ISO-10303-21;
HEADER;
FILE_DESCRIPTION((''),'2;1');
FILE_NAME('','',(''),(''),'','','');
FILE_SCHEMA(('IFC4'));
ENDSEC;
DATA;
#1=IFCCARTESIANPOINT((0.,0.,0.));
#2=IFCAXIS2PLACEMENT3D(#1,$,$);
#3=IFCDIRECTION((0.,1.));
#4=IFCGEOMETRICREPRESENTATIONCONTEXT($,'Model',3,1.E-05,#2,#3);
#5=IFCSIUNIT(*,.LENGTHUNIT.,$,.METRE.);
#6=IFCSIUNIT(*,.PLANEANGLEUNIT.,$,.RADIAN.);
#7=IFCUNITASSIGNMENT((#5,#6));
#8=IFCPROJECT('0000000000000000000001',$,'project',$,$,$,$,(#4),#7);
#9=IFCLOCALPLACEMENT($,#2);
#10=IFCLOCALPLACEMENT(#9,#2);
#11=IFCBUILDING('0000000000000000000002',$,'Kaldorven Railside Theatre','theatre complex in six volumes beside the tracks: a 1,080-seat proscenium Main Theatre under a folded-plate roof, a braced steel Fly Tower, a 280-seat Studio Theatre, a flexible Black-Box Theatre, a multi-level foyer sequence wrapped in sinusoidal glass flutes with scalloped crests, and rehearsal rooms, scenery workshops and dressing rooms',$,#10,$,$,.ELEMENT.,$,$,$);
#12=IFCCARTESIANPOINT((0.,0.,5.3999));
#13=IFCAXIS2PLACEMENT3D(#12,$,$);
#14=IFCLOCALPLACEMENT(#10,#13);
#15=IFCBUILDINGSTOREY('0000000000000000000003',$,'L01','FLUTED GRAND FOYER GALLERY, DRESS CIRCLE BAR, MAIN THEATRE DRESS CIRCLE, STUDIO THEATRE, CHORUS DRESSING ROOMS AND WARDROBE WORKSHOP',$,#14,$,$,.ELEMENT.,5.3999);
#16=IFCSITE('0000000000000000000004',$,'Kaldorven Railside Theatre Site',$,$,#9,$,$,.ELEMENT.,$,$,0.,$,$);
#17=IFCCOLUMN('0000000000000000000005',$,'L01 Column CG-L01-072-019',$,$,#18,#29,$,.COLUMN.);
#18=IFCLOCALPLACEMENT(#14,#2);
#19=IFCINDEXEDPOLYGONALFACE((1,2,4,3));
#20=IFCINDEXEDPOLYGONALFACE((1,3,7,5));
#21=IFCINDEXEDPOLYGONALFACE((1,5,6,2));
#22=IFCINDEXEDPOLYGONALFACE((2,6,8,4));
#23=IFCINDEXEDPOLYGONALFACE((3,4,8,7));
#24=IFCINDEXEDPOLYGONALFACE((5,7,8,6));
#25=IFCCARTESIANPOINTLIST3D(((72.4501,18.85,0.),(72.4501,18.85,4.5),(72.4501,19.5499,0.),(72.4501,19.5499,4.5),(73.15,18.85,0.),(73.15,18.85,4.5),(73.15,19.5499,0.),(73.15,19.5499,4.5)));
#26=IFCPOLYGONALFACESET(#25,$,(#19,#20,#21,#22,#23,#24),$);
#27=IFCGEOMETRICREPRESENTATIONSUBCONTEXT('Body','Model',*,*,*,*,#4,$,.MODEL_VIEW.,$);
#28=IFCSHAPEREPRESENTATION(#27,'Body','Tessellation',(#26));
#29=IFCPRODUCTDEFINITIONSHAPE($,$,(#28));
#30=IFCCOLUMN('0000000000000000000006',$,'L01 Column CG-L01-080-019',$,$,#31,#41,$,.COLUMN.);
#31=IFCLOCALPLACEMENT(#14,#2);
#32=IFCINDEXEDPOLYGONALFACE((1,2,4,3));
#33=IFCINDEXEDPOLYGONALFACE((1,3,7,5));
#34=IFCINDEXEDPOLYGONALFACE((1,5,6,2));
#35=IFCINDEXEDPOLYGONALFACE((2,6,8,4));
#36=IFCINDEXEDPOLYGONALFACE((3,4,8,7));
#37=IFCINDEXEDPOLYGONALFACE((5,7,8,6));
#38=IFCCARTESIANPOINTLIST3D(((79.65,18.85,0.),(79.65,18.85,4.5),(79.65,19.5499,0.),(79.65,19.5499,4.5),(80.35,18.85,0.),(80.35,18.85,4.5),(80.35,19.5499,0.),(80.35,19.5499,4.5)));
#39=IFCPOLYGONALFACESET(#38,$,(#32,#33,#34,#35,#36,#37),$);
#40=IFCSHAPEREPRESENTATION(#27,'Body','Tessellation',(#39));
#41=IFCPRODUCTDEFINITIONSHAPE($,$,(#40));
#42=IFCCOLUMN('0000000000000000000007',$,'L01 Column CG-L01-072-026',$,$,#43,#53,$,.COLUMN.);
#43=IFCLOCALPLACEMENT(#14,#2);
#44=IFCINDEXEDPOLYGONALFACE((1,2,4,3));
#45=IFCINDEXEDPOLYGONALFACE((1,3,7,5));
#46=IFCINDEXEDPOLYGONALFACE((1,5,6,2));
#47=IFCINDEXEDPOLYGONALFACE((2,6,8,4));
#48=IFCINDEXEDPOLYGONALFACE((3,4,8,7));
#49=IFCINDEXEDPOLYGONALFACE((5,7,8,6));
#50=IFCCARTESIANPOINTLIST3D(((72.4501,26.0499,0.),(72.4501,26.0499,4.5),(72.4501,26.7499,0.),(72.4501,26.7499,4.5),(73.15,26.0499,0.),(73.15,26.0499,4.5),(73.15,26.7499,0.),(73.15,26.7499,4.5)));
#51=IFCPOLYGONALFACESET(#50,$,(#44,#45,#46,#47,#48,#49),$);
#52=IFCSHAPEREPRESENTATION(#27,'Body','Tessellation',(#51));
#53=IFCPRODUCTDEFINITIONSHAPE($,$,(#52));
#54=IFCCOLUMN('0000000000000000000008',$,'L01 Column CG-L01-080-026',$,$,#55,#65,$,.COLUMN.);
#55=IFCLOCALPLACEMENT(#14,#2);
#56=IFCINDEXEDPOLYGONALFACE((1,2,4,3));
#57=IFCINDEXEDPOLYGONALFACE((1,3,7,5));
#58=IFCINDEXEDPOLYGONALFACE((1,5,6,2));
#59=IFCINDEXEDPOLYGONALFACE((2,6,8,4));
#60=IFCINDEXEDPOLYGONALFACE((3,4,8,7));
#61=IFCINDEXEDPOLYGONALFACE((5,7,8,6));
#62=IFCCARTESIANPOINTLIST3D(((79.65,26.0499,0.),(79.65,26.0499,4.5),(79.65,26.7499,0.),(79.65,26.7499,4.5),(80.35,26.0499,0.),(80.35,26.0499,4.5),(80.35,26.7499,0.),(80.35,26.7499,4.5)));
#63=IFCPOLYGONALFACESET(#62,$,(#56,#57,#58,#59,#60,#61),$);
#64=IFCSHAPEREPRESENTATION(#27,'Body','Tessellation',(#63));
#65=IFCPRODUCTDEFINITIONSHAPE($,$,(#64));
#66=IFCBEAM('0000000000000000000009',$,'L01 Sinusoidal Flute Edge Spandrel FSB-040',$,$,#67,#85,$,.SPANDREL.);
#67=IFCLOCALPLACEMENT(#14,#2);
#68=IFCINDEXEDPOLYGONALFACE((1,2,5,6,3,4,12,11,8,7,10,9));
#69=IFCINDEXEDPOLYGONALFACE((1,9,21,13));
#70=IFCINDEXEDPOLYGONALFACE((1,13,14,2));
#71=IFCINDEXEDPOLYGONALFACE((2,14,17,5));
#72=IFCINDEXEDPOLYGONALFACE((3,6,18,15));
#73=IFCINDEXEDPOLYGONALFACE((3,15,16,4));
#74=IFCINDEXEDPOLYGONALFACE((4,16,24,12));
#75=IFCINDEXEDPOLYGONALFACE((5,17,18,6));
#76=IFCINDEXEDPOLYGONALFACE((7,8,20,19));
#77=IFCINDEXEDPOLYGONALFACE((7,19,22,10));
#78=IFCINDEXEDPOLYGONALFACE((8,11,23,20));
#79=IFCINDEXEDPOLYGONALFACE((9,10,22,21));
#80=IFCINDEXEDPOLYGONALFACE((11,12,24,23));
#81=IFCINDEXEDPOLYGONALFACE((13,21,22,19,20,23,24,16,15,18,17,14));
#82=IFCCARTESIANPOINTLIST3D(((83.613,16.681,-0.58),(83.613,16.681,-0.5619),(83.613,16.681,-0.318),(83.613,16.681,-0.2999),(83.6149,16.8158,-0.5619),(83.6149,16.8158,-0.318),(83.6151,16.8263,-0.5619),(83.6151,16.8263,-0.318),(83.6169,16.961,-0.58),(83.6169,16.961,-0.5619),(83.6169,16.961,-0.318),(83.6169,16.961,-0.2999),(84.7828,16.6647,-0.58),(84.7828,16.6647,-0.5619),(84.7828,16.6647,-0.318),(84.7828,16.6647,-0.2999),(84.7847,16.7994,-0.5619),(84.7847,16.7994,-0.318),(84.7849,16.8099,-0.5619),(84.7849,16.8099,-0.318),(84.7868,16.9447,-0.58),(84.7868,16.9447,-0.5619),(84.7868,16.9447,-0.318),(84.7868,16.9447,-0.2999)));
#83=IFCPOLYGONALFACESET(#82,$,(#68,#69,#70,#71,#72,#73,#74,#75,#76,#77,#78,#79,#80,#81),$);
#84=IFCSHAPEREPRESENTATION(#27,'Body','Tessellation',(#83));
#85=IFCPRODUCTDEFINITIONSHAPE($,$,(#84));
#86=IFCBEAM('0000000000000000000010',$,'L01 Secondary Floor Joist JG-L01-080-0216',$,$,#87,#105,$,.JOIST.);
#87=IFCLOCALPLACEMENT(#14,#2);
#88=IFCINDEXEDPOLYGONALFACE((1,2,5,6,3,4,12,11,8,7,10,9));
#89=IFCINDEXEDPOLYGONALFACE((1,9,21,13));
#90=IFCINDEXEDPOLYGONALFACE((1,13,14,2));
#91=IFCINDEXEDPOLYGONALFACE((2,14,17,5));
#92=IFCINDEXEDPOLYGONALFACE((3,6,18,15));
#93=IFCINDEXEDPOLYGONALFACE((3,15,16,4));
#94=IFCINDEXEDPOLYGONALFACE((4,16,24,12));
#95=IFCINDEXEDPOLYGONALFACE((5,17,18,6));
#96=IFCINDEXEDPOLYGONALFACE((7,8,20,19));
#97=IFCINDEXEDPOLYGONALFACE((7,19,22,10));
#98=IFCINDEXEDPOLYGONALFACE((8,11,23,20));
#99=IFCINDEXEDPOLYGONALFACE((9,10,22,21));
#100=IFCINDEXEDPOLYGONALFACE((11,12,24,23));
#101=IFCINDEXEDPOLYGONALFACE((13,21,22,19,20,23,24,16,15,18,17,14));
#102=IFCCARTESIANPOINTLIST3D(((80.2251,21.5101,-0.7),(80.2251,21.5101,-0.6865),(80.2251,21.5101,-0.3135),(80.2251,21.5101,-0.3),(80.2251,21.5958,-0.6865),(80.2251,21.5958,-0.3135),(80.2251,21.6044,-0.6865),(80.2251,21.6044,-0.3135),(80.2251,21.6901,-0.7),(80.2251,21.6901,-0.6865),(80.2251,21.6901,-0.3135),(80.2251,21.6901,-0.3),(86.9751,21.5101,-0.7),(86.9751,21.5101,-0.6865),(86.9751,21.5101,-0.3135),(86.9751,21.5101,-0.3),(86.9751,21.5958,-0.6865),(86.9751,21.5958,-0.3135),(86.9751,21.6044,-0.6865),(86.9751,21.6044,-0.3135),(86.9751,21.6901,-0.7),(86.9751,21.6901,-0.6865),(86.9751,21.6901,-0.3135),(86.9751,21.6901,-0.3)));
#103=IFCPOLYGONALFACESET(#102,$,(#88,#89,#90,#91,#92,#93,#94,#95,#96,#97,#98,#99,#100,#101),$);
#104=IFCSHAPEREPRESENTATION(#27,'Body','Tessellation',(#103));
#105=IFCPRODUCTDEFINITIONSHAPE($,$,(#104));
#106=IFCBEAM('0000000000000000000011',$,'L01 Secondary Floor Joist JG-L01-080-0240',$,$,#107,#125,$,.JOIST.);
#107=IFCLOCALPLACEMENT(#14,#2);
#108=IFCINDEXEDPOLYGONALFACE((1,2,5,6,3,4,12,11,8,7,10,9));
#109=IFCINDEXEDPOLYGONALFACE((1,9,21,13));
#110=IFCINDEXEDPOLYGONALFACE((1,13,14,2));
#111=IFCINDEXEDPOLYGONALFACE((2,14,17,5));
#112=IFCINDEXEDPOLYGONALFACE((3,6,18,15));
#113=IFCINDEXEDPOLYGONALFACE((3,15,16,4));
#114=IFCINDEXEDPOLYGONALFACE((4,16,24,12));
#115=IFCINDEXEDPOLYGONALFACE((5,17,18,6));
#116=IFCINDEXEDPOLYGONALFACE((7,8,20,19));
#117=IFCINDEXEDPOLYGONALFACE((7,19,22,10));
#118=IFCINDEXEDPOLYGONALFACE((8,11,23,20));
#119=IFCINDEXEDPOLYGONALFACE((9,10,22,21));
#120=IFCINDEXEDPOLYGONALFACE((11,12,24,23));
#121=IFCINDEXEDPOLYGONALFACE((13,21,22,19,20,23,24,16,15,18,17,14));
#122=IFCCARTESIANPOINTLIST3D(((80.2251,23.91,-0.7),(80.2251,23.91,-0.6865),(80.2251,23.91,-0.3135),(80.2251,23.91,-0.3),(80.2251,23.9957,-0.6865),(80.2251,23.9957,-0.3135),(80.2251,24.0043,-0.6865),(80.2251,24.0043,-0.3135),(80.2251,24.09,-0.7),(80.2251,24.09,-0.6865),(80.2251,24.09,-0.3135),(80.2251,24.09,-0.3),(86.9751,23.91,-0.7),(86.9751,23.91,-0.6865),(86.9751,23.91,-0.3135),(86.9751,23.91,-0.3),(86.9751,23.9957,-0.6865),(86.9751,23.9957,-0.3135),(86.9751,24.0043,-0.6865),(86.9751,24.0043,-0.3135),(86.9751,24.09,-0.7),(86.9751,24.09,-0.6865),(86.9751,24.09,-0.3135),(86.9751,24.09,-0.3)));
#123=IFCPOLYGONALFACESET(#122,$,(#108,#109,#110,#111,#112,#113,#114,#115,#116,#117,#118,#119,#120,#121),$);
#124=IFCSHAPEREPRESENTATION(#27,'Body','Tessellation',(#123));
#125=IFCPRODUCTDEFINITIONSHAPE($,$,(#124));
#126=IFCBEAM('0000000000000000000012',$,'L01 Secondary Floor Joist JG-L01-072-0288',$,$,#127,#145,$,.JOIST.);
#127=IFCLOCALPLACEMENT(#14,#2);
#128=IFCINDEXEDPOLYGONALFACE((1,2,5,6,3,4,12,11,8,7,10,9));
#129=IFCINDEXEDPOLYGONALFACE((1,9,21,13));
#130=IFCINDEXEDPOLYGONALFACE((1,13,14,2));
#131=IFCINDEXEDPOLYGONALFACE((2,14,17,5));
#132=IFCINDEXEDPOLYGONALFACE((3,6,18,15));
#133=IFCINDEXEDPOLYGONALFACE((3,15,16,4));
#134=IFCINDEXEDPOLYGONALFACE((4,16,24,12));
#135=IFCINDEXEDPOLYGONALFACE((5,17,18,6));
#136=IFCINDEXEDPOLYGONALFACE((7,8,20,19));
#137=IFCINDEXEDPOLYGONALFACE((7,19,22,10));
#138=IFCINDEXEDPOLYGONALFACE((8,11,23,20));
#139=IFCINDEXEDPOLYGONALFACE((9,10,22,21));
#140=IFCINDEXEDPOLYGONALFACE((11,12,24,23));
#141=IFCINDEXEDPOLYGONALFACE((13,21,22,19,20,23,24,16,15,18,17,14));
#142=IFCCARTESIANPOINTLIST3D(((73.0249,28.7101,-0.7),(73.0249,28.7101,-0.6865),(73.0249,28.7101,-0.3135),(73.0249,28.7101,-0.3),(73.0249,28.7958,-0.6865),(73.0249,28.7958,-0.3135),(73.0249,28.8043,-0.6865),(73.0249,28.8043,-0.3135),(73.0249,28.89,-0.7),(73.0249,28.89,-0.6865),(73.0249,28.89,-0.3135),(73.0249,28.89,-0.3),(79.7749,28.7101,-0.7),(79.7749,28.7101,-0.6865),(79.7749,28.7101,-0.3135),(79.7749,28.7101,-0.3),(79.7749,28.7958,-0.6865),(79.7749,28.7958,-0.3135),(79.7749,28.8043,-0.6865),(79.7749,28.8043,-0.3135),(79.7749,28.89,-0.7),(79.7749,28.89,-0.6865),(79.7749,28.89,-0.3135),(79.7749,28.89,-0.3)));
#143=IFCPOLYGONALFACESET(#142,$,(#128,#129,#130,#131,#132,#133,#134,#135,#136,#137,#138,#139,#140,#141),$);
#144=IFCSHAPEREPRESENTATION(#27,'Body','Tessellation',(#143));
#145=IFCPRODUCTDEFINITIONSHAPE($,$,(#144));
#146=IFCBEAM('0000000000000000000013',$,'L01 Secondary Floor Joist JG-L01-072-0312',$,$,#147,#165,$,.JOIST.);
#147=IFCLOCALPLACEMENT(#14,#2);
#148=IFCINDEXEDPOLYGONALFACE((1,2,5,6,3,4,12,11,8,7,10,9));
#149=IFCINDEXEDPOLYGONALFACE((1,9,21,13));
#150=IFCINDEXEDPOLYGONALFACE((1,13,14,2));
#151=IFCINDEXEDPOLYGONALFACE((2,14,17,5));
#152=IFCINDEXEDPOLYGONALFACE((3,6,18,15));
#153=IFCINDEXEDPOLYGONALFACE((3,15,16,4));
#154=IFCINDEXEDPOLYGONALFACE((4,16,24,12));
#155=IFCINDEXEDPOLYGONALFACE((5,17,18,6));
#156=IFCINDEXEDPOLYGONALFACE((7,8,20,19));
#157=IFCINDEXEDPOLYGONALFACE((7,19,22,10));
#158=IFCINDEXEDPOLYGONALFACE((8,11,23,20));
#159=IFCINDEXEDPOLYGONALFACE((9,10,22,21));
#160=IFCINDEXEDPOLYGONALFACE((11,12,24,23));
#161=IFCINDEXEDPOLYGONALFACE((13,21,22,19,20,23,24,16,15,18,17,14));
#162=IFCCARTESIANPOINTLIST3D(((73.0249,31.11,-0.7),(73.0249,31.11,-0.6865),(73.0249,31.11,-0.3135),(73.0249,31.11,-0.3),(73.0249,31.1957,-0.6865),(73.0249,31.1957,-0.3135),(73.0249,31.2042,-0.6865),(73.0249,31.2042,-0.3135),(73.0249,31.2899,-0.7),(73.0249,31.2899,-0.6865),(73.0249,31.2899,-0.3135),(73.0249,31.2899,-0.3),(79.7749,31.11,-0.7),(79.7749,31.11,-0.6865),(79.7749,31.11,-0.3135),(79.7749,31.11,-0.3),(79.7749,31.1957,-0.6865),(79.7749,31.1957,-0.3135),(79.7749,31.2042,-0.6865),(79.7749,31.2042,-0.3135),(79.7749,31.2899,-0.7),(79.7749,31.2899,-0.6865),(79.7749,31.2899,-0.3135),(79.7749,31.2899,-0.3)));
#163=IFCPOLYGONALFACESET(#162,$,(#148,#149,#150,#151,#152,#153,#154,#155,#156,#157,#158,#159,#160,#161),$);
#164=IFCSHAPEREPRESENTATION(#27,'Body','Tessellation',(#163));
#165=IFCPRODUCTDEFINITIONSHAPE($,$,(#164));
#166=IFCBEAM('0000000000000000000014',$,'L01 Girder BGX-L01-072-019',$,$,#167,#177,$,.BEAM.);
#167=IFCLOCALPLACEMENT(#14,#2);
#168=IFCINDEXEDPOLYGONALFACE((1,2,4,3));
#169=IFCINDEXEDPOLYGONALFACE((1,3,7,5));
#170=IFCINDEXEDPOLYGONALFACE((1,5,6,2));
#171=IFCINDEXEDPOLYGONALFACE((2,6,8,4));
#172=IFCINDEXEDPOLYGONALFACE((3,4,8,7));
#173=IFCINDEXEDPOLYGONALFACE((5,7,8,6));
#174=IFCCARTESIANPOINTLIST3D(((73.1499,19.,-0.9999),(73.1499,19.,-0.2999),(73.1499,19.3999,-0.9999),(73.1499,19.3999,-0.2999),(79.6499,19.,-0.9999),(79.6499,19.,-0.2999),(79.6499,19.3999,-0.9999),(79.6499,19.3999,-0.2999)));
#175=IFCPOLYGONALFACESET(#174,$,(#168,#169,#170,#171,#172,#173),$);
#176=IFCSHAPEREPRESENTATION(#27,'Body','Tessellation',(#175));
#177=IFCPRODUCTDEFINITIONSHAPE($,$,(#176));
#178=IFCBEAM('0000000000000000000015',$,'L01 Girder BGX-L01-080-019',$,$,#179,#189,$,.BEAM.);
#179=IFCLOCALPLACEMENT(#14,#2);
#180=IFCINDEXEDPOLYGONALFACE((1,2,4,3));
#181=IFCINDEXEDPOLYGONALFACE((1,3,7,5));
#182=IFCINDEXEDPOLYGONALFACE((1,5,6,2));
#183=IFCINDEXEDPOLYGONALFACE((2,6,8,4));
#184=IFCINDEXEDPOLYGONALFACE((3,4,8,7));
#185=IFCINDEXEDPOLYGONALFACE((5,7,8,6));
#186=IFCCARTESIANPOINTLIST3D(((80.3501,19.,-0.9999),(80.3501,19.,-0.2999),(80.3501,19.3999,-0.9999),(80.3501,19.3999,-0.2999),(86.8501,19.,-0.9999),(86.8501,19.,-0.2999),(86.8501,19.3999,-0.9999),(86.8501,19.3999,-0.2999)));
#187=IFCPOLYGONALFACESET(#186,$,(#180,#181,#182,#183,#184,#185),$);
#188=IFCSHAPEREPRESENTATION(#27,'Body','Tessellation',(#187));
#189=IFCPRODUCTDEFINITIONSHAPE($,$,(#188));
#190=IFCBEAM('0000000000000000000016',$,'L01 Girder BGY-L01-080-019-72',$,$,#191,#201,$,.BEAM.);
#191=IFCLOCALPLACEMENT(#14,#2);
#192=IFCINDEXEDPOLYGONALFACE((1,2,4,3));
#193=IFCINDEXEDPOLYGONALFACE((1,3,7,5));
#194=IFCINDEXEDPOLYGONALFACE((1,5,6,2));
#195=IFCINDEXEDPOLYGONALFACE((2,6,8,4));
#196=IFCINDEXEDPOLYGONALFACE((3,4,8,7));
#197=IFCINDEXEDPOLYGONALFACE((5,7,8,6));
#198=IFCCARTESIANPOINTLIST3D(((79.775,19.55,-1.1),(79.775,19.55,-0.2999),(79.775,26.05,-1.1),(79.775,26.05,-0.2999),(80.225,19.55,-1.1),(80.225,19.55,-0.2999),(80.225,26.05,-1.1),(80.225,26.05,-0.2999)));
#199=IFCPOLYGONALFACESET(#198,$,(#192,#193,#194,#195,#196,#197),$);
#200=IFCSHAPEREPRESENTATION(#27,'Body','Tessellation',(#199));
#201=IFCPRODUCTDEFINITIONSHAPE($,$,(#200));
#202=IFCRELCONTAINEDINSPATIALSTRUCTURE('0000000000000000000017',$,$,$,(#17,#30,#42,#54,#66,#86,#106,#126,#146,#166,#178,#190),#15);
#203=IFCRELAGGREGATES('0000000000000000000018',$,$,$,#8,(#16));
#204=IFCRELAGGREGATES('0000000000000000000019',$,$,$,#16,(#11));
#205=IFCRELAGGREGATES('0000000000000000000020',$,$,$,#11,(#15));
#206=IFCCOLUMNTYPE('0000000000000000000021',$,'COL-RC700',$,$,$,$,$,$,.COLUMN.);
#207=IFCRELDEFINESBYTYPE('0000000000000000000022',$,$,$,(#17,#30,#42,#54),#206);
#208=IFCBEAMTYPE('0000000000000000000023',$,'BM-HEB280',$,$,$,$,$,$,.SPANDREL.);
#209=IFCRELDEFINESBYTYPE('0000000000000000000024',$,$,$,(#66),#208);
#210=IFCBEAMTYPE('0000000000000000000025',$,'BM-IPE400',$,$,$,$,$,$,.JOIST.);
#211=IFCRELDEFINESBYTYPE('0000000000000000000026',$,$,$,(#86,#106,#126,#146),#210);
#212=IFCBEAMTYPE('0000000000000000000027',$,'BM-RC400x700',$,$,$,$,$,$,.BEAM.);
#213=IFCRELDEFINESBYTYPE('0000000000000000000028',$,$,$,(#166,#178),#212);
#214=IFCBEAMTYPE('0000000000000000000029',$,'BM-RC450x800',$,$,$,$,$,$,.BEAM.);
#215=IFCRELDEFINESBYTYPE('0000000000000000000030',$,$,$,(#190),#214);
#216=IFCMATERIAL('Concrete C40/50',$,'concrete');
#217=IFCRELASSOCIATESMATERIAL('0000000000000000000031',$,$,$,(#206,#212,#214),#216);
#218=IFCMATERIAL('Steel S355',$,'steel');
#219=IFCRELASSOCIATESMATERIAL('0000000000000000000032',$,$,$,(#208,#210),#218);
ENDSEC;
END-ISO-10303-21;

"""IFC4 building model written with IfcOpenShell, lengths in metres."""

from ifc_helpers import new_model, si_unit, direction, frame, origin, origin_2d, place, context, subcontext, project, spatial, rectangle, i_section, extrude, material, material_profile, profile_set, type_object, element, save


model = new_model("IFC4")

# Units and contexts
model_context = context("Model", 3, precision=1e-05, world=origin(), true_north=direction((0.0, 1.0)))
body_context = subcontext(model_context, "Body", "Model", "MODEL_VIEW")
ifc_project = project(units=[si_unit("LENGTHUNIT", "METRE"), si_unit("PLANEANGLEUNIT", "RADIAN")], contexts=[model_context])

# Site, building, storey
site_placement = place(None, origin())
site = spatial("IfcSite", under=ifc_project, at=site_placement, Name="Kaldorven Railside Theatre Site", CompositionType="ELEMENT", RefElevation=0.0)
building_placement = place(site_placement, origin())
building = spatial("IfcBuilding", under=site, at=building_placement, Name="Kaldorven Railside Theatre", Description="theatre complex in six volumes beside the tracks: a 1,080-seat proscenium Main Theatre under a folded-plate roof, a braced steel Fly Tower, a 280-seat Studio Theatre, a flexible Black-Box Theatre, a multi-level foyer sequence wrapped in sinusoidal glass flutes with scalloped crests, and rehearsal rooms, scenery workshops and dressing rooms", CompositionType="ELEMENT")
storey_placement = place(building_placement, frame((0.0, 0.0, 5.3999)))
storey = spatial("IfcBuildingStorey", under=building, at=storey_placement, Name="L01", Description="FLUTED GRAND FOYER GALLERY, DRESS CIRCLE BAR, MAIN THEATRE DRESS CIRCLE, STUDIO THEATRE, CHORUS DRESSING ROOMS AND WARDROBE WORKSHOP", CompositionType="ELEMENT", Elevation=5.3999)

# Columns
ifc_material_1 = material(Name="Concrete C40/50", Category="concrete")
ifc_material_profile_1 = material_profile(ifc_material_1, rectangle(XDim=0.7, YDim=0.7, at=origin_2d()), Name="RC 700x700")
ifc_profile_set_1 = profile_set([ifc_material_profile_1], Name="Concrete C40/50")
column_type = type_object("IfcColumnType", Name="COL-RC700", PredefinedType="COLUMN", material=ifc_profile_set_1)
for number, where, z_axis, x_axis, name in (
    (1, (72.8, 19.2, 0.0), (0.0, 0.0, 1.0), (1.0, 0.0, 0.0), "L01 Column CG-L01-072-019"),
    (2, (80.0, 19.2, 0.0), (0.0, 0.0, 1.0), (0.0, 1.0, 0.0), "L01 Column CG-L01-080-019"),
    (3, (72.8, 26.3999, 0.0), (0.0, 0.0, 1.0), (0.0, 1.0, 0.0), "L01 Column CG-L01-072-026"),
    (4, (80.0, 26.3999, 0.0), (0.0, 0.0, 1.0), (1.0, 0.0, 0.0), "L01 Column CG-L01-080-026"),
):
    element("IfcColumn", number, at=place(storey_placement, frame(where, z_axis=z_axis, x_axis=x_axis)), inside=storey, type_object=column_type, Name=name, PredefinedType="COLUMN", context=body_context, shape_type="SweptSolid", body=[
        extrude(rectangle(XDim=0.7, YDim=0.7, at=origin_2d()), origin(), (0.0, 0.0, 1.0), 4.5),
    ])

# Beams
ifc_material_2 = material(Name="Steel S355", Category="steel")
ifc_material_profile_2 = material_profile(ifc_material_2, i_section(OverallWidth=0.28, OverallDepth=0.28, WebThickness=0.0105, FlangeThickness=0.0181, at=origin_2d()), Name="HEB 280")
ifc_profile_set_2 = profile_set([ifc_material_profile_2], Name="Steel S355")
beam_type_1 = type_object("IfcBeamType", Name="BM-HEB280", PredefinedType="SPANDREL", material=ifc_profile_set_2)
beam_placement = place(storey_placement, frame((83.615, 16.821, -0.4399), z_axis=(0.999902, -0.01398, 0.0), x_axis=(0.01398, 0.999902, 0.0)))
element("IfcBeam", 5, at=beam_placement, inside=storey, type_object=beam_type_1, Name="L01 Sinusoidal Flute Edge Spandrel FSB-040", PredefinedType="SPANDREL", context=body_context, shape_type="SweptSolid", body=[
    extrude(i_section(OverallWidth=0.28, OverallDepth=0.28, WebThickness=0.0105, FlangeThickness=0.0181, at=origin_2d()), origin(), (0.0, 0.0, 1.0), 1.1699),
])
ifc_material_profile_3 = material_profile(ifc_material_2, i_section(OverallWidth=0.1799, OverallDepth=0.3999, WebThickness=0.0085, FlangeThickness=0.0134, at=origin_2d()), Name="IPE 400")
ifc_profile_set_3 = profile_set([ifc_material_profile_3], Name="Steel S355")
beam_type_2 = type_object("IfcBeamType", Name="BM-IPE400", PredefinedType="JOIST", material=ifc_profile_set_3)
for number, where, z_axis, x_axis, name in (
    (6, (80.2251, 21.6001, -0.5), (1.0, 0.0, 0.0), (0.0, 1.0, 0.0), "L01 Secondary Floor Joist JG-L01-080-0216"),
    (7, (80.2251, 24.0, -0.5), (1.0, 0.0, 0.0), (0.0, 1.0, 0.0), "L01 Secondary Floor Joist JG-L01-080-0240"),
    (8, (73.0249, 28.8, -0.5), (1.0, 0.0, 0.0), (0.0, 1.0, 0.0), "L01 Secondary Floor Joist JG-L01-072-0288"),
    (9, (73.0249, 31.2, -0.5), (1.0, 0.0, 0.0), (0.0, 1.0, 0.0), "L01 Secondary Floor Joist JG-L01-072-0312"),
):
    element("IfcBeam", number, at=place(storey_placement, frame(where, z_axis=z_axis, x_axis=x_axis)), inside=storey, type_object=beam_type_2, Name=name, PredefinedType="JOIST", context=body_context, shape_type="SweptSolid", body=[
        extrude(i_section(OverallWidth=0.1799, OverallDepth=0.3999, WebThickness=0.0085, FlangeThickness=0.0134, at=origin_2d()), origin(), (0.0, 0.0, 1.0), 6.75),
    ])
ifc_material_profile_4 = material_profile(ifc_material_1, rectangle(XDim=0.3999, YDim=0.7, at=origin_2d()), Name="RC 400x700")
ifc_profile_set_4 = profile_set([ifc_material_profile_4], Name="Concrete C40/50")
beam_type_3 = type_object("IfcBeamType", Name="BM-RC400x700", PredefinedType="BEAM", material=ifc_profile_set_4)
for number, where, z_axis, x_axis, name in (
    (10, (73.1499, 19.2, -0.6499), (1.0, 0.0, 0.0), (0.0, 1.0, 0.0), "L01 Girder BGX-L01-072-019"),
    (11, (80.3501, 19.2, -0.6499), (1.0, 0.0, 0.0), (0.0, 1.0, 0.0), "L01 Girder BGX-L01-080-019"),
):
    element("IfcBeam", number, at=place(storey_placement, frame(where, z_axis=z_axis, x_axis=x_axis)), inside=storey, type_object=beam_type_3, Name=name, PredefinedType="BEAM", context=body_context, shape_type="SweptSolid", body=[
        extrude(rectangle(XDim=0.3999, YDim=0.7, at=origin_2d()), origin(), (0.0, 0.0, 1.0), 6.5),
    ])
ifc_material_profile_5 = material_profile(ifc_material_1, rectangle(XDim=0.45, YDim=0.8, at=origin_2d()), Name="RC 450x800")
ifc_profile_set_5 = profile_set([ifc_material_profile_5], Name="Concrete C40/50")
beam_type_4 = type_object("IfcBeamType", Name="BM-RC450x800", PredefinedType="BEAM", material=ifc_profile_set_5)
for number, where, z_axis, x_axis, name in (
    (12, (80.0, 19.55, -0.7), (0.0, 1.0, 0.0), (-1.0, 0.0, 0.0), "L01 Girder BGY-L01-080-019-72"),
):
    element("IfcBeam", number, at=place(storey_placement, frame(where, z_axis=z_axis, x_axis=x_axis)), inside=storey, type_object=beam_type_4, Name=name, PredefinedType="BEAM", context=body_context, shape_type="SweptSolid", body=[
        extrude(rectangle(XDim=0.45, YDim=0.8, at=origin_2d()), origin(), (0.0, 0.0, 1.0), 6.5),
    ])

save(model, "model.ifc")
